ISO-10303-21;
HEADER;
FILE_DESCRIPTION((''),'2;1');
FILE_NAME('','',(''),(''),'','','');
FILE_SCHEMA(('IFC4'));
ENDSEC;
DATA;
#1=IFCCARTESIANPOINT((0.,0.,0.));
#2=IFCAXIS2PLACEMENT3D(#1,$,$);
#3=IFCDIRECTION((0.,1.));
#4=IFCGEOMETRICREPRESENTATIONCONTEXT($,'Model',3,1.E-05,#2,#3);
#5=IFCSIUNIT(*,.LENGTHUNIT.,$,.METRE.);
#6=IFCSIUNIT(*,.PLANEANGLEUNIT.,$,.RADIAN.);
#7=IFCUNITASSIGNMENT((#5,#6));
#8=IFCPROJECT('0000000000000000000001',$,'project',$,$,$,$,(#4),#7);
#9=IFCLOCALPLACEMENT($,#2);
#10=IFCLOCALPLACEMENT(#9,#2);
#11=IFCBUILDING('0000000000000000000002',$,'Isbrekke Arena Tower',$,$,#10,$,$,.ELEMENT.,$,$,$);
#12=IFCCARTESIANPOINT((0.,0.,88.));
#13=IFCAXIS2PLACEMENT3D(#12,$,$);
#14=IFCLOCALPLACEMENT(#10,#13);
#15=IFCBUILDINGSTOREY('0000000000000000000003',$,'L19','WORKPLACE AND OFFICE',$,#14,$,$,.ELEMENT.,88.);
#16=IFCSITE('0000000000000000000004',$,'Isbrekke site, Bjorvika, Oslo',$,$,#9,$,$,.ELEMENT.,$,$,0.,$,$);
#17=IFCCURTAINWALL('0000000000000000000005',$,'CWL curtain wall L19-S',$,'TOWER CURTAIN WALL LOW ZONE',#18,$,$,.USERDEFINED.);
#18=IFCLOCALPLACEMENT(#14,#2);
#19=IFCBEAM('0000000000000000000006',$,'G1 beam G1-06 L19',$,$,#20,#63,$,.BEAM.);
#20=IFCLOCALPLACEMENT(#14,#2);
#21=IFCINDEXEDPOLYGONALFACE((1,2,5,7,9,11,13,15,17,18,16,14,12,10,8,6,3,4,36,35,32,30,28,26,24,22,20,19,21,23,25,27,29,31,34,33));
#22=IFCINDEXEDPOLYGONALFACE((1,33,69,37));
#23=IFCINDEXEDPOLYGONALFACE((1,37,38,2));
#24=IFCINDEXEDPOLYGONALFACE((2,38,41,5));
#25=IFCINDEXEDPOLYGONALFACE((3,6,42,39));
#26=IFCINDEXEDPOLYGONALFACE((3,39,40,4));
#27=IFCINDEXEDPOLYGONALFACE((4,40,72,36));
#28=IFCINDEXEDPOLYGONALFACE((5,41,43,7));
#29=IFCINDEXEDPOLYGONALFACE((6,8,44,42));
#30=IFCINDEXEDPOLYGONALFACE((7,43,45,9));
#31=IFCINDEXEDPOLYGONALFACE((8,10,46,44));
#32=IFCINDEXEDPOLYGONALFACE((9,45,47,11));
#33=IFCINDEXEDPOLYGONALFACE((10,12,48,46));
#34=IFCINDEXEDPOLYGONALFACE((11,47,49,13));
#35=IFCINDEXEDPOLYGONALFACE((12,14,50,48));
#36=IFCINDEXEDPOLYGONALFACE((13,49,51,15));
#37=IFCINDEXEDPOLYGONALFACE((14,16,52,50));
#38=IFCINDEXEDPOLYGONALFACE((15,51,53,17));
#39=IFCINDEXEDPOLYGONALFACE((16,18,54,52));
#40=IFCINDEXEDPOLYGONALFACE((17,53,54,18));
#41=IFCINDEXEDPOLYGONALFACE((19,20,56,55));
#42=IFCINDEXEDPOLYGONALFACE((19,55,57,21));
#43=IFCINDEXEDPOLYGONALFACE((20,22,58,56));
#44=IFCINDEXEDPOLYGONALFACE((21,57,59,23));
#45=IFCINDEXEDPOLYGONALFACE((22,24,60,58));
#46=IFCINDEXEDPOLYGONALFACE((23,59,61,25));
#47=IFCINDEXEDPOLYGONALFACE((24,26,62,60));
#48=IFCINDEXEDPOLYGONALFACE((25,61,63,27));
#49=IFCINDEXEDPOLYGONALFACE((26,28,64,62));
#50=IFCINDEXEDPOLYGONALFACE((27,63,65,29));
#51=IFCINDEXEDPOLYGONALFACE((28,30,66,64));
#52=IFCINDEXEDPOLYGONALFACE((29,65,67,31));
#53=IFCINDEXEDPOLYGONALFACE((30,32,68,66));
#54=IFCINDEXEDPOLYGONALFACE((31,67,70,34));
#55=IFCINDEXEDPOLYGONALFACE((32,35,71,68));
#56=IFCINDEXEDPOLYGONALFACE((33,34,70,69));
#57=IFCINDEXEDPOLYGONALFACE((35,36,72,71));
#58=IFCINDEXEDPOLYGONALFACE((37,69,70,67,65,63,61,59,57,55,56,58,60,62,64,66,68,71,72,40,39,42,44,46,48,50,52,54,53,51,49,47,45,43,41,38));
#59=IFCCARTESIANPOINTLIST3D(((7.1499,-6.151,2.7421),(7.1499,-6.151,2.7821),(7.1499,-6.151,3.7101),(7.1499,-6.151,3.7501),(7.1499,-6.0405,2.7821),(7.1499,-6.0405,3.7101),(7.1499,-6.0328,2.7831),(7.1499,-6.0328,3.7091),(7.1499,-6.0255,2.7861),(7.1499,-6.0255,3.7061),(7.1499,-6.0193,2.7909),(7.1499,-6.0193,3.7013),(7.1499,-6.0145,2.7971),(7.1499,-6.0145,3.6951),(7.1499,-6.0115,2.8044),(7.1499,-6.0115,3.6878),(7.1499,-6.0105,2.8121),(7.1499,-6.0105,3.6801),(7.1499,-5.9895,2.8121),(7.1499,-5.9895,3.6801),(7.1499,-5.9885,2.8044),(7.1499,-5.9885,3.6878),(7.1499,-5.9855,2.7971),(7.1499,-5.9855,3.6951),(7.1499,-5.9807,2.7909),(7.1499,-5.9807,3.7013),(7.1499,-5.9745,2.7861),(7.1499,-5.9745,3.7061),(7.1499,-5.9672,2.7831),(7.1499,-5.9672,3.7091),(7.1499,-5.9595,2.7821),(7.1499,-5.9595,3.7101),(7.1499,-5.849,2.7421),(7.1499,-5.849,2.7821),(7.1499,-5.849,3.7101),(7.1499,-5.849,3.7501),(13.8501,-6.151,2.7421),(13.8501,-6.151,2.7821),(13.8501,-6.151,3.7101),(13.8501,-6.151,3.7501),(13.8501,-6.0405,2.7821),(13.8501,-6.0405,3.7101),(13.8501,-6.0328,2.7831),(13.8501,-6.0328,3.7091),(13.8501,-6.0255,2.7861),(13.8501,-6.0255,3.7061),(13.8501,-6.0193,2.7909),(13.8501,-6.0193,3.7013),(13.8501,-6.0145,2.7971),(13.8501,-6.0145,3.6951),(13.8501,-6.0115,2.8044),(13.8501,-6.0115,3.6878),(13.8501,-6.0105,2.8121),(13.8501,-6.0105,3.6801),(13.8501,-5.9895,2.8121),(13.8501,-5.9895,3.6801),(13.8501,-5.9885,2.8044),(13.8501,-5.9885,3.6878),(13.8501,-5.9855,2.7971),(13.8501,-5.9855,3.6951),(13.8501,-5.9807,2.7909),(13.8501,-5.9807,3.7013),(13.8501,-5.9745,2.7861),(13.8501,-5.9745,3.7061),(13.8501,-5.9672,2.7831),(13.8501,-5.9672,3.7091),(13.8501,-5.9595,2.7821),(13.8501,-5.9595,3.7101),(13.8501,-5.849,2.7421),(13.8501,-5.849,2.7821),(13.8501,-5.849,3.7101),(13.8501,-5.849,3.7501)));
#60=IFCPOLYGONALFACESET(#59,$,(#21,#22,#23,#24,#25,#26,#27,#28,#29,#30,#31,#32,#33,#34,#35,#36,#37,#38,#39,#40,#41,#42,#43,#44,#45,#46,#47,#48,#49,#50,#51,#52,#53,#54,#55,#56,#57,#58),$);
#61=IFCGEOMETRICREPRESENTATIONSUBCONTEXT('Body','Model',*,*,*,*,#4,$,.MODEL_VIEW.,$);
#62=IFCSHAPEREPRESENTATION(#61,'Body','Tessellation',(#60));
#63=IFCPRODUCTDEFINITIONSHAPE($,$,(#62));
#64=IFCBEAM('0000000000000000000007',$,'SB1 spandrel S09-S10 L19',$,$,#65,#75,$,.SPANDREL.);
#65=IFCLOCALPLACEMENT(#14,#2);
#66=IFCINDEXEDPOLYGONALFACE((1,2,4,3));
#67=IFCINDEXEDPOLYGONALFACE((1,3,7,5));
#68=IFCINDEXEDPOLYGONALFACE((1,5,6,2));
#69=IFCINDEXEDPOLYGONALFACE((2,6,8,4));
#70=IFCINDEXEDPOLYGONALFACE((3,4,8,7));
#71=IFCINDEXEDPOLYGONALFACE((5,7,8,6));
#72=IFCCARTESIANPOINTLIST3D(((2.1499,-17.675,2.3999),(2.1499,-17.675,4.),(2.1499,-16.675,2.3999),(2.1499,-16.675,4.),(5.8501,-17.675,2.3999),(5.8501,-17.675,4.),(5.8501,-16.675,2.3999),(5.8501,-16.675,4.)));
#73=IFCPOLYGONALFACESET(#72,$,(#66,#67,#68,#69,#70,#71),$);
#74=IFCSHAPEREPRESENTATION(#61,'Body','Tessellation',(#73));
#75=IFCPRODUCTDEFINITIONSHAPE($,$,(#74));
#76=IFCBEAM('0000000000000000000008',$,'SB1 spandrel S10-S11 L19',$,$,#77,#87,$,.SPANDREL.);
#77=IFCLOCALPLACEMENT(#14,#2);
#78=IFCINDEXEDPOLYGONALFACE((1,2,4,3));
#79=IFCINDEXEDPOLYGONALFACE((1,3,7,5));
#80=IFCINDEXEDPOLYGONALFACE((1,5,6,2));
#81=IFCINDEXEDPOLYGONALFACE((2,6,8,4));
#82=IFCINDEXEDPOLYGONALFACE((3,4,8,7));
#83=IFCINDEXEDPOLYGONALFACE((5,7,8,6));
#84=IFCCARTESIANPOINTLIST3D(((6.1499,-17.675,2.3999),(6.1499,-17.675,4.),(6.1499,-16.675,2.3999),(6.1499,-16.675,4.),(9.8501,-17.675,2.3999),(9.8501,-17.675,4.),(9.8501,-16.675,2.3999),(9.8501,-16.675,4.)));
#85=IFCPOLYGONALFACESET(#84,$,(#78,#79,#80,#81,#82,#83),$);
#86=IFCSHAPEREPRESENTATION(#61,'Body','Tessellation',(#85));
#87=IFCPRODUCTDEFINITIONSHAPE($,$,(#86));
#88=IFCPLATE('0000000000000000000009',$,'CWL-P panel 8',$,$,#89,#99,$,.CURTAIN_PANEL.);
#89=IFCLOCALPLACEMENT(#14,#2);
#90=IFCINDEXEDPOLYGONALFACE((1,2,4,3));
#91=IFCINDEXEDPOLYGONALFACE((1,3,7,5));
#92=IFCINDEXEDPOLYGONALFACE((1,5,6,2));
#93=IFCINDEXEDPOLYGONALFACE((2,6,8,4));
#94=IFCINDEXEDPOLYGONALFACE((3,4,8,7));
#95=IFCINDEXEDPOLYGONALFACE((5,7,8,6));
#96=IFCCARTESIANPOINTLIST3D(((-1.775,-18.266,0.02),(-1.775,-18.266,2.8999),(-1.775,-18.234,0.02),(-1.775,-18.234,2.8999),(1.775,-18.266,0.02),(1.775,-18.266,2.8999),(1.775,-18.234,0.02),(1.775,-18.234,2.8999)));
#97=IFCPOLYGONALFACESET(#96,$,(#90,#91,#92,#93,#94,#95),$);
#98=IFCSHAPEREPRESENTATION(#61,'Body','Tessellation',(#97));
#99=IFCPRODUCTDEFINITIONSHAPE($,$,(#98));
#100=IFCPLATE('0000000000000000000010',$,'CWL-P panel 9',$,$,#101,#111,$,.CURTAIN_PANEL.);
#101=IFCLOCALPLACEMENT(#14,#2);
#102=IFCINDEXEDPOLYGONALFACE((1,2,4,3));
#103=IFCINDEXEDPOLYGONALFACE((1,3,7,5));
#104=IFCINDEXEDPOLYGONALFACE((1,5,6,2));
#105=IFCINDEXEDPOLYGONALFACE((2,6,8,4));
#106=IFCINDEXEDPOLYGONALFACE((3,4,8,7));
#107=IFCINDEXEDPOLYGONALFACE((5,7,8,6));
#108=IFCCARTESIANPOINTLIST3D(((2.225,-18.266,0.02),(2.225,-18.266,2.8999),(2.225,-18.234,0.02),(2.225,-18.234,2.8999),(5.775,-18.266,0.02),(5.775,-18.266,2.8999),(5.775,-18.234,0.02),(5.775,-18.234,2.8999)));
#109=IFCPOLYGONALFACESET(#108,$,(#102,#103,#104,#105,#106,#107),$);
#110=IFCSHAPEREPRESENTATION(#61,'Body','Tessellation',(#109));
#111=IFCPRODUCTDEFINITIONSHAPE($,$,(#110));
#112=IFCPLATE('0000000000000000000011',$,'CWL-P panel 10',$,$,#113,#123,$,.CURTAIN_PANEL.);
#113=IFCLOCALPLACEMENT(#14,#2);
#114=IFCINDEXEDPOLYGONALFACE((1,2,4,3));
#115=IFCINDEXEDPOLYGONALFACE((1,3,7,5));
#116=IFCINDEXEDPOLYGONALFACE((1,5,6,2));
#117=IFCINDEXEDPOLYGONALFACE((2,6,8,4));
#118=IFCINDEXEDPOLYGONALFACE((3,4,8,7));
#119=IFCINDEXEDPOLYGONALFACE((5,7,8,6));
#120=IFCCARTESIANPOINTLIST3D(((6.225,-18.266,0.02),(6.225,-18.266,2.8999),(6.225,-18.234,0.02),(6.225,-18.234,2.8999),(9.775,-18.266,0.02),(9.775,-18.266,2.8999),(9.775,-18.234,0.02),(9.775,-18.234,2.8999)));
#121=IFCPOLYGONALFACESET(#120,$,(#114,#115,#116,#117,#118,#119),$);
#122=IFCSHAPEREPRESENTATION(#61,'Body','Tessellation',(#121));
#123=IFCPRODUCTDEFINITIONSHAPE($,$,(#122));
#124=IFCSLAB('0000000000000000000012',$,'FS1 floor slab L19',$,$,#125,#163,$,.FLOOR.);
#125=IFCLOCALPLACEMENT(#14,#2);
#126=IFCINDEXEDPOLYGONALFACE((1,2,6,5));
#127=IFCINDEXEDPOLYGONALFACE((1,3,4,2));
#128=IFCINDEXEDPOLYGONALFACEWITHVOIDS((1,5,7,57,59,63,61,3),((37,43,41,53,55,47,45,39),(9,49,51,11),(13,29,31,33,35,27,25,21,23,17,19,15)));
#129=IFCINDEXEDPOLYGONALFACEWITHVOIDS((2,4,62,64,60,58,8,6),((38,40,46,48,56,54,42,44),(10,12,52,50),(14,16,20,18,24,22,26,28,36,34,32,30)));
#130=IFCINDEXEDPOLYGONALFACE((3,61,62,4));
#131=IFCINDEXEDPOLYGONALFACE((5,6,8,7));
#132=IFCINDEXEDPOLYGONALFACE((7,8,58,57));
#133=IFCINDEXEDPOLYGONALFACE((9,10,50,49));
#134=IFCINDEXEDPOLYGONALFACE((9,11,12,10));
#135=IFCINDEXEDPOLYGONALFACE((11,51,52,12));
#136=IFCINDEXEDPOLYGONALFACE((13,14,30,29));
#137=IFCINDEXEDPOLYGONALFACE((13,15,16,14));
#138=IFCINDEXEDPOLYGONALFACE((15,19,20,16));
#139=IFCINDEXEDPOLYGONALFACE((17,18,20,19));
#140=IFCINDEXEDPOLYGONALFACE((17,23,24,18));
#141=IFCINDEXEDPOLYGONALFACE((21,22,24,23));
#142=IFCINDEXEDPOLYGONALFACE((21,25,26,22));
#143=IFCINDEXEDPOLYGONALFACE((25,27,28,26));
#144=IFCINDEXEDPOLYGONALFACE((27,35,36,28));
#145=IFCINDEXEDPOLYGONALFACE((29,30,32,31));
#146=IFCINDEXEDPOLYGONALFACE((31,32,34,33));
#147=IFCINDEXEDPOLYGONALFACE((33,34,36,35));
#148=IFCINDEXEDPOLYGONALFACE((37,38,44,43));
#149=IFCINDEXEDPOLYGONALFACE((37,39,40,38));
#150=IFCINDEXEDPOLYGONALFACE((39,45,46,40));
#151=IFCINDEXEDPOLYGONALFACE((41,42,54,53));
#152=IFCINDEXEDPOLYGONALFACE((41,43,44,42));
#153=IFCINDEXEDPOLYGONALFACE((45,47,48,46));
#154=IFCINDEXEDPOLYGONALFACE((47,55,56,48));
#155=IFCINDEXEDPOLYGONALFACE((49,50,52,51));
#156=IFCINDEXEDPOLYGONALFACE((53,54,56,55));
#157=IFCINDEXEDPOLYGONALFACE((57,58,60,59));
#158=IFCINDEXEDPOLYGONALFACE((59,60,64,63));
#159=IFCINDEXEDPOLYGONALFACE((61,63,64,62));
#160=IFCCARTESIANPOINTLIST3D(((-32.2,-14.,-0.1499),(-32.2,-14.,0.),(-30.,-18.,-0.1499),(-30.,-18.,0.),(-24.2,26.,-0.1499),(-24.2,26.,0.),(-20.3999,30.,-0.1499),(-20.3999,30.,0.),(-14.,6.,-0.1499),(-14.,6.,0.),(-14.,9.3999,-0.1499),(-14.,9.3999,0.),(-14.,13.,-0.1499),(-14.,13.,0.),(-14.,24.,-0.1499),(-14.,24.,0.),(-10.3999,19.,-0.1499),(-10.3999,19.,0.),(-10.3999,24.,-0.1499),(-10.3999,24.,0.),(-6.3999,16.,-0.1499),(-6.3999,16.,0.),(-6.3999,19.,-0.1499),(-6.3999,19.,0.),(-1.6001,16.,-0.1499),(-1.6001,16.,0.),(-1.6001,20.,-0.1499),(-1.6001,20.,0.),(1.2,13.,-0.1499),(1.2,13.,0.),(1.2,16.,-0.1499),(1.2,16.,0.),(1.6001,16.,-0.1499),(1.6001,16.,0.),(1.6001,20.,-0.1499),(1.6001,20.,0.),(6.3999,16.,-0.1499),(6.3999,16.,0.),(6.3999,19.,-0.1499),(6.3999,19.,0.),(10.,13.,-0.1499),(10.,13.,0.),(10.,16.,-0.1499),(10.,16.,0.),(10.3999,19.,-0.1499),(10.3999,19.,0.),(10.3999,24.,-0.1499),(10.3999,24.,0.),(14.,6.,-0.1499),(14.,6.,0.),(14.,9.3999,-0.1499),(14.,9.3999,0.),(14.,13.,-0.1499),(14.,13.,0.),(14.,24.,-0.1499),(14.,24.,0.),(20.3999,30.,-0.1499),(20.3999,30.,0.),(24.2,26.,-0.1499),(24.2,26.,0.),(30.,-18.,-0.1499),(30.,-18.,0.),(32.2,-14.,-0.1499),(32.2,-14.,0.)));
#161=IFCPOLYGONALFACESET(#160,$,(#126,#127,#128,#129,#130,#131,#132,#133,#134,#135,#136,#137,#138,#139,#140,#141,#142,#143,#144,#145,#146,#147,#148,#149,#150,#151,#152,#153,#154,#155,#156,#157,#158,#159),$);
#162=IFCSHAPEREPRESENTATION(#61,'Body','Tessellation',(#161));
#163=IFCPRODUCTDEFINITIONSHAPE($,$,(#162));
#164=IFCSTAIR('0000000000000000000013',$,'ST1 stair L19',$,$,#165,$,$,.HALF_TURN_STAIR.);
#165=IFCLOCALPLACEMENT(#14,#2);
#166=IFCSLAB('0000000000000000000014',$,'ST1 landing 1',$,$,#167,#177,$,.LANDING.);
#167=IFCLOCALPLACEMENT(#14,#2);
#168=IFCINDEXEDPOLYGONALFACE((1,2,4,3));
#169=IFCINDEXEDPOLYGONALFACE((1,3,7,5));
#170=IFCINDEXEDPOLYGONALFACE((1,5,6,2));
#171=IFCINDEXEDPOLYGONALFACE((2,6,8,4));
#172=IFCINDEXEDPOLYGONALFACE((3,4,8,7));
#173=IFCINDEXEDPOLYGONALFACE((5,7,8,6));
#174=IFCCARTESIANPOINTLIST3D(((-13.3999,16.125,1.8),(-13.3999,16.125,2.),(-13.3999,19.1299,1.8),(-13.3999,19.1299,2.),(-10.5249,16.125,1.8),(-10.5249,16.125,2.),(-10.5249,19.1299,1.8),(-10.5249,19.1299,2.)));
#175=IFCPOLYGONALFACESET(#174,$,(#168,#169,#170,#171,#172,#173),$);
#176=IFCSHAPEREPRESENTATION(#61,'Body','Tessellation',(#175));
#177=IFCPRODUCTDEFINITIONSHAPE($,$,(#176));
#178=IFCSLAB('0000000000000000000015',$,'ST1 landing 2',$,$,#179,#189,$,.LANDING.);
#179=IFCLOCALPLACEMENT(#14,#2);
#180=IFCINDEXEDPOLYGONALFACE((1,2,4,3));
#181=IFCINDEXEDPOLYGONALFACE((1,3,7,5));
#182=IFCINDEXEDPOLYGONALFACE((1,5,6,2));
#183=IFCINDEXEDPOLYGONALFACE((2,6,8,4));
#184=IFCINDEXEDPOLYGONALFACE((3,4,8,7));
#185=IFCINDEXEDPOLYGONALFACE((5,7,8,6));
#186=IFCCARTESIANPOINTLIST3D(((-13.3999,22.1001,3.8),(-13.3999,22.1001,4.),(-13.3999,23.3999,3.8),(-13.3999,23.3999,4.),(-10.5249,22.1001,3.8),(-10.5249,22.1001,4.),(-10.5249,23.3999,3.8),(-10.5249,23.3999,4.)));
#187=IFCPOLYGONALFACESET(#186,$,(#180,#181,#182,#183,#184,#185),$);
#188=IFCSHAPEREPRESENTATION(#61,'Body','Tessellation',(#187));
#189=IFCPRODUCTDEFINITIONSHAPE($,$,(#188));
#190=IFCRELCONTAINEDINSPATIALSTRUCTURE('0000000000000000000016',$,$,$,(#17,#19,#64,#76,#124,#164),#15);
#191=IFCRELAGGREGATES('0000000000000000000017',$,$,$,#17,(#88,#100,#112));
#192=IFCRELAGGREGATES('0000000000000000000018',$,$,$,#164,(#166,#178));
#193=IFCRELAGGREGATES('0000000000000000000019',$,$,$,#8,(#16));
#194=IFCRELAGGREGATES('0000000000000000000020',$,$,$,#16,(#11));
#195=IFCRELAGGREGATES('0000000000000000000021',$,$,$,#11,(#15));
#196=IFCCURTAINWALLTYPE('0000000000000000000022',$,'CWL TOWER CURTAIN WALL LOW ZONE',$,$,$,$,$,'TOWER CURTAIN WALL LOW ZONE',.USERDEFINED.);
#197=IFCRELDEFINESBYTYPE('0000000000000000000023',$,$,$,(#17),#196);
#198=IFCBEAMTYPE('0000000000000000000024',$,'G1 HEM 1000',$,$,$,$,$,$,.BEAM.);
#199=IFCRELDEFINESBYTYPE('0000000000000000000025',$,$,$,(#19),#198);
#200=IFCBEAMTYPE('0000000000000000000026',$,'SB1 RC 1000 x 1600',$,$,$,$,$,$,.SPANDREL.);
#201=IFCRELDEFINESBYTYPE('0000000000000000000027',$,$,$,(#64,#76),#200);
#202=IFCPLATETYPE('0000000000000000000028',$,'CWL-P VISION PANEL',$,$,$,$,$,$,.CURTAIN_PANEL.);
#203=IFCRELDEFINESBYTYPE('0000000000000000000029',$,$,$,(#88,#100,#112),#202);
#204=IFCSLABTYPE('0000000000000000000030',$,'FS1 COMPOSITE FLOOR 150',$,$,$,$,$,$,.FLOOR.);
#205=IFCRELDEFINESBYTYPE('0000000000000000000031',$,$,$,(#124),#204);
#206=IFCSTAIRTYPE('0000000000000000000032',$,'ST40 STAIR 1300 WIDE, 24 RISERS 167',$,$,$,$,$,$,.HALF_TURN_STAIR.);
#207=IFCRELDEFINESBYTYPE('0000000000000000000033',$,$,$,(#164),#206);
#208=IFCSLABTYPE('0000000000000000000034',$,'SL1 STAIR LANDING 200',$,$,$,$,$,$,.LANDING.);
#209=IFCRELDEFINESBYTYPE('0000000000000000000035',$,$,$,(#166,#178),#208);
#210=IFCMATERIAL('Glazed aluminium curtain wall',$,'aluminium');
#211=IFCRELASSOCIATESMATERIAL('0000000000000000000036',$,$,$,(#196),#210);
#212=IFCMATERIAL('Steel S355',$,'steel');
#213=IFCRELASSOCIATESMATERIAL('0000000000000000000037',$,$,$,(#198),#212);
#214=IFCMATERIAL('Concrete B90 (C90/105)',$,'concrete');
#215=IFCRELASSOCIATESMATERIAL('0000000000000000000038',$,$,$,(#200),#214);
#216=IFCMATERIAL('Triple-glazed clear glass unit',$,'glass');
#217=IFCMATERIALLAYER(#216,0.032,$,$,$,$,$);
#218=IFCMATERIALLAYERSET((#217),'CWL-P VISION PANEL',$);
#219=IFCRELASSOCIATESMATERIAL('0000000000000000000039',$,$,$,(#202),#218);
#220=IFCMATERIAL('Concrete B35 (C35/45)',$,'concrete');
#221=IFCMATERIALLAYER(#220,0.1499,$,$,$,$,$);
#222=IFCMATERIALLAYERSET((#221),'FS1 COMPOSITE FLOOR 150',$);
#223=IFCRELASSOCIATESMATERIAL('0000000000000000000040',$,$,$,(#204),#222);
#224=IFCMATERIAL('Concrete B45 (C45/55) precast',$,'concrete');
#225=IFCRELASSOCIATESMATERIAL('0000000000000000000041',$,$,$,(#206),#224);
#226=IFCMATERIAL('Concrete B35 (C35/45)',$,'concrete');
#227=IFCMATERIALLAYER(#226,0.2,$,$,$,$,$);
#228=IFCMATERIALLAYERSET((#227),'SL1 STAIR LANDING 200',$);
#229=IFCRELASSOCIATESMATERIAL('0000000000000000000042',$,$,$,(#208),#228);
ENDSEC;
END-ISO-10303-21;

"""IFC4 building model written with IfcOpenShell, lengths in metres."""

from ifc_helpers import new_model, si_unit, direction, frame, origin, origin_2d, place, context, subcontext, project, spatial, polyline, rectangle, i_section, outline, extrude, material, layer, layer_set, material_profile, profile_set, type_object, element, aggregate, save


model = new_model("IFC4")

# Units and contexts
model_context = context("Model", 3, precision=1e-05, world=origin(), true_north=direction((0.0, 1.0)))
body_context = subcontext(model_context, "Body", "Model", "MODEL_VIEW")
ifc_project = project(units=[si_unit("LENGTHUNIT", "METRE"), si_unit("PLANEANGLEUNIT", "RADIAN")], contexts=[model_context])

# Site, building, storey
site_placement = place(None, origin())
site = spatial("IfcSite", under=ifc_project, at=site_placement, Name="Isbrekke site, Bjorvika, Oslo", CompositionType="ELEMENT", RefElevation=0.0)
building_placement = place(site_placement, origin())
building = spatial("IfcBuilding", under=site, at=building_placement, Name="Isbrekke Arena Tower", CompositionType="ELEMENT")
storey_placement = place(building_placement, frame((0.0, 0.0, 88.0)))
storey = spatial("IfcBuildingStorey", under=building, at=storey_placement, Name="L19", Description="WORKPLACE AND OFFICE", CompositionType="ELEMENT", Elevation=88.0)

# Curtain wall
ifc_material_1 = material(Name="Glazed aluminium curtain wall", Category="aluminium")
curtain_wall_type = type_object("IfcCurtainWallType", Name="CWL TOWER CURTAIN WALL LOW ZONE", ElementType="TOWER CURTAIN WALL LOW ZONE", PredefinedType="USERDEFINED", material=ifc_material_1)
curtain_wall_placement = place(storey_placement, origin())
curtain_wall = element("IfcCurtainWall", 1, at=curtain_wall_placement, inside=storey, type_object=curtain_wall_type, Name="CWL curtain wall L19-S", ObjectType="TOWER CURTAIN WALL LOW ZONE", PredefinedType="USERDEFINED")

# Beams
ifc_material_2 = material(Name="Steel S355", Category="steel")
ifc_material_profile_1 = material_profile(ifc_material_2, i_section(OverallWidth=0.302, OverallDepth=1.0081, WebThickness=0.021, FlangeThickness=0.04, FilletRadius=0.03, at=origin_2d()), Name="HEM 1000")
ifc_profile_set_1 = profile_set([ifc_material_profile_1], Name="Steel S355")
beam_type_1 = type_object("IfcBeamType", Name="G1 HEM 1000", PredefinedType="BEAM", material=ifc_profile_set_1)
for number, where, z_axis, x_axis, name in (
    (2, (7.1499, -6.0, 3.2461), (1.0, 0.0, 0.0), (0.0, 1.0, 0.0), "G1 beam G1-06 L19"),
):
    element("IfcBeam", number, at=place(storey_placement, frame(where, z_axis=z_axis, x_axis=x_axis)), inside=storey, type_object=beam_type_1, Name=name, PredefinedType="BEAM", context=body_context, shape_type="SweptSolid", body=[
        extrude(i_section(OverallWidth=0.302, OverallDepth=1.0081, WebThickness=0.021, FlangeThickness=0.04, FilletRadius=0.03, at=origin_2d()), origin(), (0.0, 0.0, 1.0), 6.7002),
    ])
ifc_material_3 = material(Name="Concrete B90 (C90/105)", Category="concrete")
ifc_material_profile_2 = material_profile(ifc_material_3, rectangle(XDim=1.0, YDim=1.6001, at=origin_2d()), Name="RC 1000x1600")
ifc_profile_set_2 = profile_set([ifc_material_profile_2], Name="Concrete B90 (C90/105)")
beam_type_2 = type_object("IfcBeamType", Name="SB1 RC 1000 x 1600", PredefinedType="SPANDREL", material=ifc_profile_set_2)
for number, where, z_axis, x_axis, name in (
    (3, (2.1499, -17.175, 3.2), (1.0, 0.0, 0.0), (0.0, 1.0, 0.0), "SB1 spandrel S09-S10 L19"),
    (4, (6.1499, -17.175, 3.2), (1.0, 0.0, 0.0), (0.0, 1.0, 0.0), "SB1 spandrel S10-S11 L19"),
):
    element("IfcBeam", number, at=place(storey_placement, frame(where, z_axis=z_axis, x_axis=x_axis)), inside=storey, type_object=beam_type_2, Name=name, PredefinedType="SPANDREL", context=body_context, shape_type="SweptSolid", body=[
        extrude(rectangle(XDim=1.0, YDim=1.6001, at=origin_2d()), origin(), (0.0, 0.0, 1.0), 3.7002),
    ])

# Plates
ifc_material_4 = material(Name="Triple-glazed clear glass unit", Category="glass")
ifc_layer_1 = layer(ifc_material_4, 0.032)
ifc_layer_set_1 = layer_set([ifc_layer_1], Name="CWL-P VISION PANEL")
plate_type = type_object("IfcPlateType", Name="CWL-P VISION PANEL", PredefinedType="CURTAIN_PANEL", material=ifc_layer_set_1)
plate_1_placement = place(storey_placement, frame((0.0, -18.25, 0.02), z_axis=(0.0, 0.0, 1.0), x_axis=(1.0, 0.0, 0.0)))
plate_1 = element("IfcPlate", 5, at=plate_1_placement, type_object=plate_type, Name="CWL-P panel 8", PredefinedType="CURTAIN_PANEL", context=body_context, shape_type="SweptSolid", body=[
    extrude(rectangle(XDim=3.55, YDim=0.032, at=origin_2d()), origin(), (0.0, 0.0, 1.0), 2.8799),
])
plate_2_placement = place(storey_placement, frame((4.0, -18.25, 0.02), z_axis=(0.0, 0.0, 1.0), x_axis=(1.0, 0.0, 0.0)))
plate_2 = element("IfcPlate", 6, at=plate_2_placement, type_object=plate_type, Name="CWL-P panel 9", PredefinedType="CURTAIN_PANEL", context=body_context, shape_type="SweptSolid", body=[
    extrude(rectangle(XDim=3.55, YDim=0.032, at=origin_2d()), origin(), (0.0, 0.0, 1.0), 2.8799),
])
plate_3_placement = place(storey_placement, frame((8.0, -18.25, 0.02), z_axis=(0.0, 0.0, 1.0), x_axis=(1.0, 0.0, 0.0)))
plate_3 = element("IfcPlate", 7, at=plate_3_placement, type_object=plate_type, Name="CWL-P panel 10", PredefinedType="CURTAIN_PANEL", context=body_context, shape_type="SweptSolid", body=[
    extrude(rectangle(XDim=3.55, YDim=0.032, at=origin_2d()), origin(), (0.0, 0.0, 1.0), 2.8799),
])
aggregate(curtain_wall, [plate_1, plate_2, plate_3])

# Slab
ifc_material_5 = material(Name="Concrete B35 (C35/45)", Category="concrete")
ifc_layer_2 = layer(ifc_material_5, 0.1499)
ifc_layer_set_2 = layer_set([ifc_layer_2], Name="FS1 COMPOSITE FLOOR 150")
slab_type_1 = type_object("IfcSlabType", Name="FS1 COMPOSITE FLOOR 150", PredefinedType="FLOOR", material=ifc_layer_set_2)
slab_1_placement = place(storey_placement, frame((0.0, 0.0, -0.1499)))
element("IfcSlab", 8, at=slab_1_placement, inside=storey, type_object=slab_type_1, Name="FS1 floor slab L19", PredefinedType="FLOOR", context=body_context, shape_type="SweptSolid", body=[
    extrude(outline(polyline([(-30.0, -18.0), (30.0, -18.0), (32.2, -14.0), (24.2, 26.0), (20.3999, 30.0), (-20.3999, 30.0), (-24.2, 26.0), (-32.2, -14.0), (-30.0, -18.0)]), holes=[polyline([(14.0, 9.3999), (14.0, 6.0), (-14.0, 6.0), (-14.0, 9.3999), (14.0, 9.3999)]), polyline([(-6.3999, 19.0), (-6.3999, 16.0), (-1.6001, 16.0), (-1.6001, 20.0), (1.6001, 20.0), (1.6001, 16.0), (1.2, 16.0), (1.2, 13.0), (-14.0, 13.0), (-14.0, 24.0), (-10.3999, 24.0), (-10.3999, 19.0), (-6.3999, 19.0)]), polyline([(10.0, 13.0), (10.0, 16.0), (6.3999, 16.0), (6.3999, 19.0), (10.3999, 19.0), (10.3999, 24.0), (14.0, 24.0), (14.0, 13.0), (10.0, 13.0)])]), origin(), (0.0, 0.0, 1.0), 0.1499),
])

# Stair, slabs
ifc_material_6 = material(Name="Concrete B45 (C45/55) precast", Category="concrete")
stair_type = type_object("IfcStairType", Name="ST40 STAIR 1300 WIDE, 24 RISERS 167", PredefinedType="HALF_TURN_STAIR", material=ifc_material_6)
stair_1_placement = place(storey_placement, origin())
stair_1 = element("IfcStair", 9, at=stair_1_placement, inside=storey, type_object=stair_type, Name="ST1 stair L19", PredefinedType="HALF_TURN_STAIR")
ifc_material_7 = material(Name="Concrete B35 (C35/45)", Category="concrete")
ifc_layer_3 = layer(ifc_material_7, 0.2)
ifc_layer_set_3 = layer_set([ifc_layer_3], Name="SL1 STAIR LANDING 200")
slab_type_2 = type_object("IfcSlabType", Name="SL1 STAIR LANDING 200", PredefinedType="LANDING", material=ifc_layer_set_3)
slab_2_placement = place(storey_placement, frame((0.0, 0.0, 1.8)))
slab_2 = element("IfcSlab", 10, at=slab_2_placement, type_object=slab_type_2, Name="ST1 landing 1", PredefinedType="LANDING", context=body_context, shape_type="SweptSolid", body=[
    extrude(outline(polyline([(-13.3999, 16.125), (-10.5249, 16.125), (-10.5249, 19.1299), (-13.3999, 19.1299), (-13.3999, 16.125)])), origin(), (0.0, 0.0, 1.0), 0.2),
])
slab_3_placement = place(storey_placement, frame((0.0, 0.0, 3.8)))
slab_3 = element("IfcSlab", 11, at=slab_3_placement, type_object=slab_type_2, Name="ST1 landing 2", PredefinedType="LANDING", context=body_context, shape_type="SweptSolid", body=[
    extrude(outline(polyline([(-13.3999, 22.1001), (-10.5249, 22.1001), (-10.5249, 23.3999), (-13.3999, 23.3999), (-13.3999, 22.1001)])), origin(), (0.0, 0.0, 1.0), 0.2),
])
aggregate(stair_1, [slab_2, slab_3])

save(model, "model.ifc")
